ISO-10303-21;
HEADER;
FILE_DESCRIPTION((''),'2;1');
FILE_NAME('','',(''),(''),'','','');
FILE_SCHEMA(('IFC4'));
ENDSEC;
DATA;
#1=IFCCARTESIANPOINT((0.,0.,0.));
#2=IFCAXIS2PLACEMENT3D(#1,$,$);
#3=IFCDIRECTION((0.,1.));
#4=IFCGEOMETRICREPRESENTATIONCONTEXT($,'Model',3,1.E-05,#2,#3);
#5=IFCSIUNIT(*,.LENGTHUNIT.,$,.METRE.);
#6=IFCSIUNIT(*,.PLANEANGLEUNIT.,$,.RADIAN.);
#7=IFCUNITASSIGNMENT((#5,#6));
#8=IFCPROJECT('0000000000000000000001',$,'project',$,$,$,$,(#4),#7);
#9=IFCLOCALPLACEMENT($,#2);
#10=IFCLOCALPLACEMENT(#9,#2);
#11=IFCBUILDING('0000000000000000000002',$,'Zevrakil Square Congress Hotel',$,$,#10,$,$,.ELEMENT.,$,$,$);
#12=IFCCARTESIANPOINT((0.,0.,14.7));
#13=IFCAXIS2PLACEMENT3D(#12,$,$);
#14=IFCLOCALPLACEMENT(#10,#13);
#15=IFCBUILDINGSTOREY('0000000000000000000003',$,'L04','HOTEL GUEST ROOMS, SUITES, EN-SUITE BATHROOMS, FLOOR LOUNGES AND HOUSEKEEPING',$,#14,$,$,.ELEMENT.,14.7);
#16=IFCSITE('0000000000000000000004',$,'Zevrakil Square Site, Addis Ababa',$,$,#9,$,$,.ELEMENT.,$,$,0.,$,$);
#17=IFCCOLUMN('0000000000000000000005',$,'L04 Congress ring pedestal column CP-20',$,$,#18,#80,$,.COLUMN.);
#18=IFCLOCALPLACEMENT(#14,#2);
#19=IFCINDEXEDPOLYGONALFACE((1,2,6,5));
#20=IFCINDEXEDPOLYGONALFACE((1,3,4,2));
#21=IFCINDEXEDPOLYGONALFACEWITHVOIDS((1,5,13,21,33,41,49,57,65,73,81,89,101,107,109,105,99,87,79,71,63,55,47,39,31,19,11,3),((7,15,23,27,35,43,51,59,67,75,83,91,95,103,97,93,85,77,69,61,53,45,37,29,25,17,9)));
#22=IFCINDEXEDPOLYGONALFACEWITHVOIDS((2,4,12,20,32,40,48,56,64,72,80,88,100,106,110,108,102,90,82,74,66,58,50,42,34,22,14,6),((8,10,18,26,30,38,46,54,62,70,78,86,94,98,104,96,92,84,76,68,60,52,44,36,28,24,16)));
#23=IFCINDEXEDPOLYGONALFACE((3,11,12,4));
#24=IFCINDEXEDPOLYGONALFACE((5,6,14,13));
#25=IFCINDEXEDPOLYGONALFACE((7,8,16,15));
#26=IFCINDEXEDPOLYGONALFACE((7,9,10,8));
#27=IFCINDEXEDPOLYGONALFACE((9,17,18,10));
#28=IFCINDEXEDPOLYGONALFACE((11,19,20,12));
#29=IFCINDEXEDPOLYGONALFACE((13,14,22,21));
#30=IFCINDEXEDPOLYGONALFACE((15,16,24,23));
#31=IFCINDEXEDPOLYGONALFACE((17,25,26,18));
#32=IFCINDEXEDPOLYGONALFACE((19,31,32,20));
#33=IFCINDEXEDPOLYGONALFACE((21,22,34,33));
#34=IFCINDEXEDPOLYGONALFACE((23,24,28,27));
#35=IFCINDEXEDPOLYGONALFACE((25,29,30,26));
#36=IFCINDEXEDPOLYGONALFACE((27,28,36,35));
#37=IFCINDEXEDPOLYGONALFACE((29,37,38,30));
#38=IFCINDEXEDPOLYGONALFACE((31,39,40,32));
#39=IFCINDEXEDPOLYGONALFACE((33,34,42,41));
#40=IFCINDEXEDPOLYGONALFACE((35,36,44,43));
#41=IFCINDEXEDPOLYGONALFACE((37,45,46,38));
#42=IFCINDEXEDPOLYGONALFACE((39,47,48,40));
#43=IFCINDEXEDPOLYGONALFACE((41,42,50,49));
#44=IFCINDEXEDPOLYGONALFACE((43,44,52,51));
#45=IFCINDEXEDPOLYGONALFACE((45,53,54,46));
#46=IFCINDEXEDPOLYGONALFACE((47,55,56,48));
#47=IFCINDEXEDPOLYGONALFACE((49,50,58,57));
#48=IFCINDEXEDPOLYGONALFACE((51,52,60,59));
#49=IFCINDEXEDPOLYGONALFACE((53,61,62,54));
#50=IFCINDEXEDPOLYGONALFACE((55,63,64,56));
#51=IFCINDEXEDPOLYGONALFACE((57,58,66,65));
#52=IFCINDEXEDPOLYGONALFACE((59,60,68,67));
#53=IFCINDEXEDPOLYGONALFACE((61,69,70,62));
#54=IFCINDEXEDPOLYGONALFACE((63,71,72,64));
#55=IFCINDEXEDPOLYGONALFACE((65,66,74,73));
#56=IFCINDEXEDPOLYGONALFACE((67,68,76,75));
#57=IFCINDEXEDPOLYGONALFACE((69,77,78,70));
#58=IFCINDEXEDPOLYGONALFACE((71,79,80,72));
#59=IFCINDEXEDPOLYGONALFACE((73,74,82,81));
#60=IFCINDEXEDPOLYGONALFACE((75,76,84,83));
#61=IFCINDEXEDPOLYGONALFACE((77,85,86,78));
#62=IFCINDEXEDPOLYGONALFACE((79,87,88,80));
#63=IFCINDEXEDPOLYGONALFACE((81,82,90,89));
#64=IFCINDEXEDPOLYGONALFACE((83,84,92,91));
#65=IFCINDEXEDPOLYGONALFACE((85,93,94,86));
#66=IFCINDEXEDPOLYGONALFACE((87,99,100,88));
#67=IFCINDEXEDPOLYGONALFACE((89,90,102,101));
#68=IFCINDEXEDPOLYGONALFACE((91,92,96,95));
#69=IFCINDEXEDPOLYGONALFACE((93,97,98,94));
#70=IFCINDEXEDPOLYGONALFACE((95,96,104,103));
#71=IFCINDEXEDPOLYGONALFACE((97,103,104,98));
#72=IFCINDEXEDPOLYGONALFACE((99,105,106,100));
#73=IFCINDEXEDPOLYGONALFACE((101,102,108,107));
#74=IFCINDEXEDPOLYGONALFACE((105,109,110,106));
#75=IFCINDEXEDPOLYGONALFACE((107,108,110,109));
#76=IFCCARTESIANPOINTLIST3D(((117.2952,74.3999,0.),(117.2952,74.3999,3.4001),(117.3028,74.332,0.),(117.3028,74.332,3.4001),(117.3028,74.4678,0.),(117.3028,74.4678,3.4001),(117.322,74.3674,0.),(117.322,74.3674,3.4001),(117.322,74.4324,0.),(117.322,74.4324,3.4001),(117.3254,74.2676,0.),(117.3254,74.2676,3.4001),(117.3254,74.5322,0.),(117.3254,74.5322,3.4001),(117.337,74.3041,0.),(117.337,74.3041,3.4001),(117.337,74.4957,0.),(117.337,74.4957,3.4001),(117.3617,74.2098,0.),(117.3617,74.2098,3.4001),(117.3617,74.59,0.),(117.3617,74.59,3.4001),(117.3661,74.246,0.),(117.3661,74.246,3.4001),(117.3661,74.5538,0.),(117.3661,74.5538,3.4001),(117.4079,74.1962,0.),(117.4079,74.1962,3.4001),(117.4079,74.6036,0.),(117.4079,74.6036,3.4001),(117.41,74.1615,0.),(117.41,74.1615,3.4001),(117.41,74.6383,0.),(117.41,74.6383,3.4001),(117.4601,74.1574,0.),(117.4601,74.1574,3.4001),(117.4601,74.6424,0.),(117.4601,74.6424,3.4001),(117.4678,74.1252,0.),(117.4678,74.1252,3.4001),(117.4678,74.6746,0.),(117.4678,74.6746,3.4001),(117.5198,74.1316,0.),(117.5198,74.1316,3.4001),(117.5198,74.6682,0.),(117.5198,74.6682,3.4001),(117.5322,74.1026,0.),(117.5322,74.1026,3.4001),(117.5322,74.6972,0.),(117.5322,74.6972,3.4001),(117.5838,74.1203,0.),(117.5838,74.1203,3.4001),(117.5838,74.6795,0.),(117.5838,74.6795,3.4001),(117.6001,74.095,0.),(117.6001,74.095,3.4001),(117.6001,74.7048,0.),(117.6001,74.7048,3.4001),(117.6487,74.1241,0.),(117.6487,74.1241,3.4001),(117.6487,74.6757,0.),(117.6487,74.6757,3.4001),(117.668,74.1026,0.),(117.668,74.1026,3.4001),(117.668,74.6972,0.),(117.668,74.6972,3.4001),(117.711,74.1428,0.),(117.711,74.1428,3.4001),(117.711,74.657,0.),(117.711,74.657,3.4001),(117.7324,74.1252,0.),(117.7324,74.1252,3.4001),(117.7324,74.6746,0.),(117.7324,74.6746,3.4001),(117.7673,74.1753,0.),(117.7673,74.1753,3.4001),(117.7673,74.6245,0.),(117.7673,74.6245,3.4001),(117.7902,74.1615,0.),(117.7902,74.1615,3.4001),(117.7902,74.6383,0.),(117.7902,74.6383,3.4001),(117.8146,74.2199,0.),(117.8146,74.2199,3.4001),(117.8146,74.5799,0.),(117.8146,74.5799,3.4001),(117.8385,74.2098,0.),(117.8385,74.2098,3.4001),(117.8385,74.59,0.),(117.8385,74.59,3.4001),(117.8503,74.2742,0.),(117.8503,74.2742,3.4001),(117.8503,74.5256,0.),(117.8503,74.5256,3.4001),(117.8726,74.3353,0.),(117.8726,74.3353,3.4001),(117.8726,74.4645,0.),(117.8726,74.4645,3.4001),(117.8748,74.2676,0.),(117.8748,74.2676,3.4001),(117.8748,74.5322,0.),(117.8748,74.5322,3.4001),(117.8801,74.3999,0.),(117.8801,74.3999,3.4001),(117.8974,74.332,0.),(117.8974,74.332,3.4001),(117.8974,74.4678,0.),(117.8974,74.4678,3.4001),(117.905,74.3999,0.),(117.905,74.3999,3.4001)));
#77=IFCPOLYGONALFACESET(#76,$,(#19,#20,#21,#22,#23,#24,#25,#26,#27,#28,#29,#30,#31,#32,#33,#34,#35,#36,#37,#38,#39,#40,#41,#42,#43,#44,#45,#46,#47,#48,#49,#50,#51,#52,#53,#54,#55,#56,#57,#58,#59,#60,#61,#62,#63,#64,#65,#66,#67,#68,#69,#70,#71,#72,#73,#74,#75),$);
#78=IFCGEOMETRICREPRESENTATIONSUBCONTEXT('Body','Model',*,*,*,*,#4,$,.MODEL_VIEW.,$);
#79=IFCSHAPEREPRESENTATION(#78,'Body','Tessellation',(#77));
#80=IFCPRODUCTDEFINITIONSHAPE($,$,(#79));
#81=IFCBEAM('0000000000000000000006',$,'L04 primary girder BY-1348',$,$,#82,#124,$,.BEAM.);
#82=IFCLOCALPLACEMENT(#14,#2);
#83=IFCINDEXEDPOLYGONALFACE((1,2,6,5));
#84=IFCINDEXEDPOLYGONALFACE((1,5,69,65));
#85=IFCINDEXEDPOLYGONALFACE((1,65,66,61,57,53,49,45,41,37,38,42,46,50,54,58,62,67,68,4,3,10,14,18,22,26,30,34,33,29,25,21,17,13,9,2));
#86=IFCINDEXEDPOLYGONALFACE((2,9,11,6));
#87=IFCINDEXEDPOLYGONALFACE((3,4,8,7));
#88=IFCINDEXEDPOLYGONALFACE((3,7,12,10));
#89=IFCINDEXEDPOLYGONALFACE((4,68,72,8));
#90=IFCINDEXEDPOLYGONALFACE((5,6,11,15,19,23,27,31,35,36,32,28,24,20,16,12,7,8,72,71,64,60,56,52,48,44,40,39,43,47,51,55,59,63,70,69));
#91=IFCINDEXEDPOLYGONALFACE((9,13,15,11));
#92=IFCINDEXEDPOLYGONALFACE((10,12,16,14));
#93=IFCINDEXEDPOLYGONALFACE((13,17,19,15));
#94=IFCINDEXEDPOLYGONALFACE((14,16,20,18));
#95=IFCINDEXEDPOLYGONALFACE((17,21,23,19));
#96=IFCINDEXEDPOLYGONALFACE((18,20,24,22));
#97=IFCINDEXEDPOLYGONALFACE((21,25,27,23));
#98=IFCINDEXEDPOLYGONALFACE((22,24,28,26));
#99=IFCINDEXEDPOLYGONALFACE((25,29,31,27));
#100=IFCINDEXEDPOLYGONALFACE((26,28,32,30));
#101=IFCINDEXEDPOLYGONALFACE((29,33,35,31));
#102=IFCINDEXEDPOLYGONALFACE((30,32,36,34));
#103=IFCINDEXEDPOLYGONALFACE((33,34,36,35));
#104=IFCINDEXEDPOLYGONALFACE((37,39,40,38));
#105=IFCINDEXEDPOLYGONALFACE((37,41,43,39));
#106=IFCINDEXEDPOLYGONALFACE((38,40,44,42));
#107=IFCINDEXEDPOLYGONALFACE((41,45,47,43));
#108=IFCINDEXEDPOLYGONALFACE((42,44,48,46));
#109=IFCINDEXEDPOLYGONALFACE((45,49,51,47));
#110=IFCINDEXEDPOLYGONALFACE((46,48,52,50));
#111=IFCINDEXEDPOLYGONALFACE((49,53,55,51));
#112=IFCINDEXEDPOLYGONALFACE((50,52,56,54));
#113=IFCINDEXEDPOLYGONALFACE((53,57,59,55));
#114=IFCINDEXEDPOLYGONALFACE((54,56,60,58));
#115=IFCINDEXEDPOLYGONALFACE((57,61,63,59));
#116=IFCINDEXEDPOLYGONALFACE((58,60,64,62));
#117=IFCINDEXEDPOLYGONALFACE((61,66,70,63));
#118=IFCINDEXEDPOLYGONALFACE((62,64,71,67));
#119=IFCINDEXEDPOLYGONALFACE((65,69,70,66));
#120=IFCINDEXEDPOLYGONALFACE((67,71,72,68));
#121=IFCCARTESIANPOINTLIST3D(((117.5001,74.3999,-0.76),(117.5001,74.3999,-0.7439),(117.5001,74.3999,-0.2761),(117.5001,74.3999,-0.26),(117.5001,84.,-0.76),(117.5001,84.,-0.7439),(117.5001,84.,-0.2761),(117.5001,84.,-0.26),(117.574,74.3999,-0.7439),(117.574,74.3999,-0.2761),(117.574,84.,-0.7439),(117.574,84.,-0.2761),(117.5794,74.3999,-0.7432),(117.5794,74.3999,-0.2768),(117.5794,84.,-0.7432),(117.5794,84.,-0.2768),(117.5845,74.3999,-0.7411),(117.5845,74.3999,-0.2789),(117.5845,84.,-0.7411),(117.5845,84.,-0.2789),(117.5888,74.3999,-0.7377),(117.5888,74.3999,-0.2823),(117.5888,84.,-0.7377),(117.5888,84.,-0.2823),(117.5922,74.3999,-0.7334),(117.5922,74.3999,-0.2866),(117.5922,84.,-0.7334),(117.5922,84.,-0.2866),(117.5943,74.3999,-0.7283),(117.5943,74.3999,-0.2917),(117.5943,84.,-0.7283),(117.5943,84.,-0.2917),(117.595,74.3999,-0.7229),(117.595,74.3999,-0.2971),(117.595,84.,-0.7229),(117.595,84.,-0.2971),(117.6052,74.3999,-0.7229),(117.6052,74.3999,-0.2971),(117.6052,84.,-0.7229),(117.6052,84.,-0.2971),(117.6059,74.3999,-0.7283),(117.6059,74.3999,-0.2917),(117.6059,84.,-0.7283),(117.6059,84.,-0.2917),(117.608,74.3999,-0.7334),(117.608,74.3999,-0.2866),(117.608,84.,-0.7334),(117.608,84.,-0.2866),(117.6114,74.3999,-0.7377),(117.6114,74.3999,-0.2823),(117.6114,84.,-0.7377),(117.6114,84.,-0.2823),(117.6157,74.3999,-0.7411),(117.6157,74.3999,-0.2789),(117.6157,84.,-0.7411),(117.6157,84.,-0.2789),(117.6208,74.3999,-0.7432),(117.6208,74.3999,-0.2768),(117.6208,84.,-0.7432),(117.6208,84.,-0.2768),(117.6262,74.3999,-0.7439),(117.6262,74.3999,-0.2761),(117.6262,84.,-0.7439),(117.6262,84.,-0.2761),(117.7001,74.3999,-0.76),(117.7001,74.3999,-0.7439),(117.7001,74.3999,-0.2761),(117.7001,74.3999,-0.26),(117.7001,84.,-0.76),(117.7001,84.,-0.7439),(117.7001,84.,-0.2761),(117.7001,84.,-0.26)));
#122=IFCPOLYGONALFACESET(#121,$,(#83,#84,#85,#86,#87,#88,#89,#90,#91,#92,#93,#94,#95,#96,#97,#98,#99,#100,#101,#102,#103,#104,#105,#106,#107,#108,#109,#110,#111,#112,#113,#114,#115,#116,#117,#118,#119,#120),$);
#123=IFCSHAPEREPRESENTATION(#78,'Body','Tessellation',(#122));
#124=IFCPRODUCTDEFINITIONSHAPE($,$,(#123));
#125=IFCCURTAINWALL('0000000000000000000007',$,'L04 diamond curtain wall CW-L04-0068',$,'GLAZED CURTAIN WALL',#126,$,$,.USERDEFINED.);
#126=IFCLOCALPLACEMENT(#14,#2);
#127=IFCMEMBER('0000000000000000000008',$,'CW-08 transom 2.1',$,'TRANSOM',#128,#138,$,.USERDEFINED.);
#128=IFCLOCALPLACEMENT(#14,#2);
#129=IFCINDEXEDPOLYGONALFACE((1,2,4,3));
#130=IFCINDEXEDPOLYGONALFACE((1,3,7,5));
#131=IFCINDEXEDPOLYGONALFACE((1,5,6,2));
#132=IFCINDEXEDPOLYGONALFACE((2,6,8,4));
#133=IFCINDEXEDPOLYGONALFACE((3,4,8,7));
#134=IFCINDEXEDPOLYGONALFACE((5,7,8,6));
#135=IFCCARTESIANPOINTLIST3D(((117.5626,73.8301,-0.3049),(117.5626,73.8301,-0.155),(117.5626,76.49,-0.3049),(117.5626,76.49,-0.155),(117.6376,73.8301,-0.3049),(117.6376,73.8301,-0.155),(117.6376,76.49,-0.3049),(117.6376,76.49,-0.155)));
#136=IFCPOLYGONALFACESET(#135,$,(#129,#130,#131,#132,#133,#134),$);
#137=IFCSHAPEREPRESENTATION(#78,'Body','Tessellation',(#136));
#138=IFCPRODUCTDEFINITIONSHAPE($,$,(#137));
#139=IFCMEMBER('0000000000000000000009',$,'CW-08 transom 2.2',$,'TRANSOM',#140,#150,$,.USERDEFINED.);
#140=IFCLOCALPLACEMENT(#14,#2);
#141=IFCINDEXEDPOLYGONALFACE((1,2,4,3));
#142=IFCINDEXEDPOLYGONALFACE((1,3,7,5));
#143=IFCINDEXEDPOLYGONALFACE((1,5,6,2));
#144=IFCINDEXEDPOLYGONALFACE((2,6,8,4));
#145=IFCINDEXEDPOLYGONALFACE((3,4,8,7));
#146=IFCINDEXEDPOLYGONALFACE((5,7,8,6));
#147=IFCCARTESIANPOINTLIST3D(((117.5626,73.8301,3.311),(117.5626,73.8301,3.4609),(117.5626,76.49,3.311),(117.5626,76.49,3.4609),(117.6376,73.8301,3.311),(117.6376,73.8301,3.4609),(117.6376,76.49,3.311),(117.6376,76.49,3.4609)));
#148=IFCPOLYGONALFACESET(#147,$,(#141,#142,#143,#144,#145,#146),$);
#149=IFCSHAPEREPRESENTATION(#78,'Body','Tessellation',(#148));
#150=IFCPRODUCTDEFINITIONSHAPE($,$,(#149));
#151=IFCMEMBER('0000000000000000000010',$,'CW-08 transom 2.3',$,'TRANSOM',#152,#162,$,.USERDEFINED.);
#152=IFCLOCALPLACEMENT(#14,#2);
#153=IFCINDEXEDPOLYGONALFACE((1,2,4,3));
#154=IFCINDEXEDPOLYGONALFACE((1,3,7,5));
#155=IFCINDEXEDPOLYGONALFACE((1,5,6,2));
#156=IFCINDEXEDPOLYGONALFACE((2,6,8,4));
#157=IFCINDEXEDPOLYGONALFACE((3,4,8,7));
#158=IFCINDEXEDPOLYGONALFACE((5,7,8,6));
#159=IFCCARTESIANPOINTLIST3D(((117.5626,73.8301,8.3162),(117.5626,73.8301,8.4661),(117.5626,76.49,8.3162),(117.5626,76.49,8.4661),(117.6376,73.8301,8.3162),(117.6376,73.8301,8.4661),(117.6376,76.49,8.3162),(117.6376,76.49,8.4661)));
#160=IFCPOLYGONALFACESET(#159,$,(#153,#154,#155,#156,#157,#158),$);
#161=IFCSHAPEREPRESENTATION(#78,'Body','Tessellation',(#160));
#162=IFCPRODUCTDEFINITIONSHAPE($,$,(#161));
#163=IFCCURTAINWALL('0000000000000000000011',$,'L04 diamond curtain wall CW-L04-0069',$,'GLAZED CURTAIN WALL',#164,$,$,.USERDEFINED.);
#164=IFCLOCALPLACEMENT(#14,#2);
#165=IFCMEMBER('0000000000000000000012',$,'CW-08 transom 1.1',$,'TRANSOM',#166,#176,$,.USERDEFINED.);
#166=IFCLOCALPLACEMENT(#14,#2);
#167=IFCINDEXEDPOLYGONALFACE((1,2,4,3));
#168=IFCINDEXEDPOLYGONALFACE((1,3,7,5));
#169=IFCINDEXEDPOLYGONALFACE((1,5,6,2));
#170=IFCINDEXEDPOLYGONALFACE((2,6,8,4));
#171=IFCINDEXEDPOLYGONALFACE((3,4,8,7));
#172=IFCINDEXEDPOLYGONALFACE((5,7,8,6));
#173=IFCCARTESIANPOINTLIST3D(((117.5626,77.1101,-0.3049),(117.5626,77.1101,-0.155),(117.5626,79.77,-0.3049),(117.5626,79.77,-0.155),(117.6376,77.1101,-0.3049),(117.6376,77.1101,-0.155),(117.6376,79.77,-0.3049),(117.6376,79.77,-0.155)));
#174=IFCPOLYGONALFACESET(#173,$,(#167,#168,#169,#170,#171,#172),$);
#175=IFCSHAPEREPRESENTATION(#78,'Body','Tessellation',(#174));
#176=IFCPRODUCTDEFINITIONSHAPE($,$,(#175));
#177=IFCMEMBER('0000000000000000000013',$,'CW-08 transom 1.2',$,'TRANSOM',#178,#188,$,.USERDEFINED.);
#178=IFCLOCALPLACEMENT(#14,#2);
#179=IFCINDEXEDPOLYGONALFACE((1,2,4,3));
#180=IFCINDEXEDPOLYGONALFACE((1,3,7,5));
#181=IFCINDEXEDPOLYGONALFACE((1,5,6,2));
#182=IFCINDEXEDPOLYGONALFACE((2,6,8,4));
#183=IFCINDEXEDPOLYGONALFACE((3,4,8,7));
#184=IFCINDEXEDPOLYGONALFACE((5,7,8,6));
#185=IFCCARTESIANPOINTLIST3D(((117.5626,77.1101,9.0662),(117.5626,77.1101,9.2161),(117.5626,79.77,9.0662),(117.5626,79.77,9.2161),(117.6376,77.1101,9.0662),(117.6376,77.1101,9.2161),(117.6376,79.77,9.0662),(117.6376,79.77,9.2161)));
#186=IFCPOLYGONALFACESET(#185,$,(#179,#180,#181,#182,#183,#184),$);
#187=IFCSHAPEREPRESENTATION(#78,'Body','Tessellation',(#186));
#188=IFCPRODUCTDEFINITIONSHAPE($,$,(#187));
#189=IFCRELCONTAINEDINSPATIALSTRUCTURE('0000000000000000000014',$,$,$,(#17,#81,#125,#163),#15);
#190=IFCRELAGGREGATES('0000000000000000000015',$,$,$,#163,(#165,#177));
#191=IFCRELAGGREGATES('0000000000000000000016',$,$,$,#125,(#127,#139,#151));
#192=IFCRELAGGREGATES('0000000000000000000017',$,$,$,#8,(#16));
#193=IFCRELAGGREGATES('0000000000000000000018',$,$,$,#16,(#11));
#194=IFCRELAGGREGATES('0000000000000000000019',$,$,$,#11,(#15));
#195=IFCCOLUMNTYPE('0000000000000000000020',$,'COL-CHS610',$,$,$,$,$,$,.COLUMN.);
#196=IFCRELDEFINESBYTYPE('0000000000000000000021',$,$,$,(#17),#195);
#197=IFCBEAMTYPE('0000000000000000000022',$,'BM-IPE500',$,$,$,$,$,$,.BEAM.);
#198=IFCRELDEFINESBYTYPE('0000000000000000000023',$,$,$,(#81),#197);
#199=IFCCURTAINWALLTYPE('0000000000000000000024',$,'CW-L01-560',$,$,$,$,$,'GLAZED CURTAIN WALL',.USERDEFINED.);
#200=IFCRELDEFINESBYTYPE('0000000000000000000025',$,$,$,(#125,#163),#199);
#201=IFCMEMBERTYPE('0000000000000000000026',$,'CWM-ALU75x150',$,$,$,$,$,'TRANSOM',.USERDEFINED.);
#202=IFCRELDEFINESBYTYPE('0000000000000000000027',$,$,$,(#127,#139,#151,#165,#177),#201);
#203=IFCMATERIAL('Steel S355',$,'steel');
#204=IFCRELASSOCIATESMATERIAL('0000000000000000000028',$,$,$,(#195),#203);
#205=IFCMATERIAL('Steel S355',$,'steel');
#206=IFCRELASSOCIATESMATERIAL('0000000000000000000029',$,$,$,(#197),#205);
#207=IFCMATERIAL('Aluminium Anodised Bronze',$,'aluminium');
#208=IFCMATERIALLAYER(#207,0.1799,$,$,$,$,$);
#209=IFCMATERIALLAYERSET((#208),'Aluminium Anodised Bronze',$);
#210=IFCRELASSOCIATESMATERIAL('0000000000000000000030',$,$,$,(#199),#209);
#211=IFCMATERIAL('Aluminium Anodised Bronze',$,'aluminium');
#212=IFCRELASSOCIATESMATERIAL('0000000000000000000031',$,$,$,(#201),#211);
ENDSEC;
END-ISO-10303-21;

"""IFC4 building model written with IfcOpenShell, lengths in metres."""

from ifc_helpers import new_model, si_unit, direction, frame, origin, origin_2d, place, context, subcontext, project, spatial, rectangle, hollow_circle, i_section, extrude, material, layer, layer_set, material_profile, profile_set, type_object, element, aggregate, save


model = new_model("IFC4")

# Units and contexts
model_context = context("Model", 3, precision=1e-05, world=origin(), true_north=direction((0.0, 1.0)))
body_context = subcontext(model_context, "Body", "Model", "MODEL_VIEW")
ifc_project = project(units=[si_unit("LENGTHUNIT", "METRE"), si_unit("PLANEANGLEUNIT", "RADIAN")], contexts=[model_context])

# Site, building, storey
site_placement = place(None, origin())
site = spatial("IfcSite", under=ifc_project, at=site_placement, Name="Zevrakil Square Site, Addis Ababa", CompositionType="ELEMENT", RefElevation=0.0)
building_placement = place(site_placement, origin())
building = spatial("IfcBuilding", under=site, at=building_placement, Name="Zevrakil Square Congress Hotel", CompositionType="ELEMENT")
storey_placement = place(building_placement, frame((0.0, 0.0, 14.7)))
storey = spatial("IfcBuildingStorey", under=building, at=storey_placement, Name="L04", Description="HOTEL GUEST ROOMS, SUITES, EN-SUITE BATHROOMS, FLOOR LOUNGES AND HOUSEKEEPING", CompositionType="ELEMENT", Elevation=14.7)

# Column
ifc_material_1 = material(Name="Steel S355", Category="steel")
ifc_material_profile_1 = material_profile(ifc_material_1, hollow_circle(Radius=0.3049, WallThickness=0.0249, at=origin_2d()), Name="CHS 610x25")
ifc_profile_set_1 = profile_set([ifc_material_profile_1], Name="Steel S355")
column_type = type_object("IfcColumnType", Name="COL-CHS610", PredefinedType="COLUMN", material=ifc_profile_set_1)
column_placement = place(storey_placement, frame((117.6001, 74.3999, 0.0), z_axis=(0.0, 0.0, 1.0), x_axis=(1.0, 0.0, 0.0)))
element("IfcColumn", 1, at=column_placement, inside=storey, type_object=column_type, Name="L04 Congress ring pedestal column CP-20", PredefinedType="COLUMN", context=body_context, shape_type="SweptSolid", body=[
    extrude(hollow_circle(Radius=0.3049, WallThickness=0.0249, at=origin_2d()), origin(), (0.0, 0.0, 1.0), 3.4001),
])

# Beam
ifc_material_2 = material(Name="Steel S355", Category="steel")
ifc_material_profile_2 = material_profile(ifc_material_2, i_section(OverallWidth=0.2, OverallDepth=0.5, WebThickness=0.0103, FlangeThickness=0.0161, FilletRadius=0.021, at=origin_2d()), Name="IPE 500")
ifc_profile_set_2 = profile_set([ifc_material_profile_2], Name="Steel S355")
beam_type = type_object("IfcBeamType", Name="BM-IPE500", PredefinedType="BEAM", material=ifc_profile_set_2)
beam_placement = place(storey_placement, frame((117.6001, 74.3999, -0.51), z_axis=(0.0, 1.0, 0.0), x_axis=(-1.0, 0.0, 0.0)))
element("IfcBeam", 2, at=beam_placement, inside=storey, type_object=beam_type, Name="L04 primary girder BY-1348", PredefinedType="BEAM", context=body_context, shape_type="SweptSolid", body=[
    extrude(i_section(OverallWidth=0.2, OverallDepth=0.5, WebThickness=0.0103, FlangeThickness=0.0161, FilletRadius=0.021, at=origin_2d()), origin(), (0.0, 0.0, 1.0), 9.6001),
])

# Curtain walls, members
ifc_material_3 = material(Name="Aluminium Anodised Bronze", Category="aluminium")
ifc_layer_1 = layer(ifc_material_3, 0.1799)
ifc_layer_set_1 = layer_set([ifc_layer_1], Name="Aluminium Anodised Bronze")
curtain_wall_type = type_object("IfcCurtainWallType", Name="CW-L01-560", ElementType="GLAZED CURTAIN WALL", PredefinedType="USERDEFINED", material=ifc_layer_set_1)
curtain_wall_1_placement = place(storey_placement, origin())
curtain_wall_1 = element("IfcCurtainWall", 3, at=curtain_wall_1_placement, inside=storey, type_object=curtain_wall_type, Name="L04 diamond curtain wall CW-L04-0068", ObjectType="GLAZED CURTAIN WALL", PredefinedType="USERDEFINED")
ifc_material_4 = material(Name="Aluminium Anodised Bronze", Category="aluminium")
ifc_material_profile_3 = material_profile(ifc_material_4, rectangle(XDim=0.075, YDim=0.1499, at=origin_2d()), Name="ALU 75x150")
ifc_profile_set_3 = profile_set([ifc_material_profile_3], Name="Aluminium Anodised Bronze")
member_type_1 = type_object("IfcMemberType", Name="CWM-ALU75x150", ElementType="TRANSOM", PredefinedType="USERDEFINED", material=ifc_profile_set_3)
member_1_placement = place(storey_placement, frame((117.6001, 73.8301, -0.23), z_axis=(0.0, 1.0, 0.0), x_axis=(-1.0, 0.0, 0.0)))
member_1 = element("IfcMember", 4, at=member_1_placement, type_object=member_type_1, Name="CW-08 transom 2.1", ObjectType="TRANSOM", PredefinedType="USERDEFINED", context=body_context, shape_type="SweptSolid", body=[
    extrude(rectangle(XDim=0.075, YDim=0.1499, at=origin_2d()), origin(), (0.0, 0.0, 1.0), 2.6599),
])
member_2_placement = place(storey_placement, frame((117.6001, 73.8301, 3.386), z_axis=(0.0, 1.0, 0.0), x_axis=(-1.0, 0.0, 0.0)))
member_2 = element("IfcMember", 5, at=member_2_placement, type_object=member_type_1, Name="CW-08 transom 2.2", ObjectType="TRANSOM", PredefinedType="USERDEFINED", context=body_context, shape_type="SweptSolid", body=[
    extrude(rectangle(XDim=0.075, YDim=0.1499, at=origin_2d()), origin(), (0.0, 0.0, 1.0), 2.6599),
])
member_3_placement = place(storey_placement, frame((117.6001, 73.8301, 8.3911), z_axis=(0.0, 1.0, 0.0), x_axis=(-1.0, 0.0, 0.0)))
member_3 = element("IfcMember", 6, at=member_3_placement, type_object=member_type_1, Name="CW-08 transom 2.3", ObjectType="TRANSOM", PredefinedType="USERDEFINED", context=body_context, shape_type="SweptSolid", body=[
    extrude(rectangle(XDim=0.075, YDim=0.1499, at=origin_2d()), origin(), (0.0, 0.0, 1.0), 2.6599),
])
curtain_wall_2_placement = place(storey_placement, origin())
curtain_wall_2 = element("IfcCurtainWall", 7, at=curtain_wall_2_placement, inside=storey, type_object=curtain_wall_type, Name="L04 diamond curtain wall CW-L04-0069", ObjectType="GLAZED CURTAIN WALL", PredefinedType="USERDEFINED")
member_4_placement = place(storey_placement, frame((117.6001, 77.1101, -0.23), z_axis=(0.0, 1.0, 0.0), x_axis=(-1.0, 0.0, 0.0)))
member_4 = element("IfcMember", 8, at=member_4_placement, type_object=member_type_1, Name="CW-08 transom 1.1", ObjectType="TRANSOM", PredefinedType="USERDEFINED", context=body_context, shape_type="SweptSolid", body=[
    extrude(rectangle(XDim=0.075, YDim=0.1499, at=origin_2d()), origin(), (0.0, 0.0, 1.0), 2.6599),
])
member_5_placement = place(storey_placement, frame((117.6001, 77.1101, 9.1411), z_axis=(0.0, 1.0, 0.0), x_axis=(-1.0, 0.0, 0.0)))
member_5 = element("IfcMember", 9, at=member_5_placement, type_object=member_type_1, Name="CW-08 transom 1.2", ObjectType="TRANSOM", PredefinedType="USERDEFINED", context=body_context, shape_type="SweptSolid", body=[
    extrude(rectangle(XDim=0.075, YDim=0.1499, at=origin_2d()), origin(), (0.0, 0.0, 1.0), 2.6599),
])

aggregate(curtain_wall_2, [member_4, member_5])
aggregate(curtain_wall_1, [member_1, member_2, member_3])

save(model, "model.ifc")
